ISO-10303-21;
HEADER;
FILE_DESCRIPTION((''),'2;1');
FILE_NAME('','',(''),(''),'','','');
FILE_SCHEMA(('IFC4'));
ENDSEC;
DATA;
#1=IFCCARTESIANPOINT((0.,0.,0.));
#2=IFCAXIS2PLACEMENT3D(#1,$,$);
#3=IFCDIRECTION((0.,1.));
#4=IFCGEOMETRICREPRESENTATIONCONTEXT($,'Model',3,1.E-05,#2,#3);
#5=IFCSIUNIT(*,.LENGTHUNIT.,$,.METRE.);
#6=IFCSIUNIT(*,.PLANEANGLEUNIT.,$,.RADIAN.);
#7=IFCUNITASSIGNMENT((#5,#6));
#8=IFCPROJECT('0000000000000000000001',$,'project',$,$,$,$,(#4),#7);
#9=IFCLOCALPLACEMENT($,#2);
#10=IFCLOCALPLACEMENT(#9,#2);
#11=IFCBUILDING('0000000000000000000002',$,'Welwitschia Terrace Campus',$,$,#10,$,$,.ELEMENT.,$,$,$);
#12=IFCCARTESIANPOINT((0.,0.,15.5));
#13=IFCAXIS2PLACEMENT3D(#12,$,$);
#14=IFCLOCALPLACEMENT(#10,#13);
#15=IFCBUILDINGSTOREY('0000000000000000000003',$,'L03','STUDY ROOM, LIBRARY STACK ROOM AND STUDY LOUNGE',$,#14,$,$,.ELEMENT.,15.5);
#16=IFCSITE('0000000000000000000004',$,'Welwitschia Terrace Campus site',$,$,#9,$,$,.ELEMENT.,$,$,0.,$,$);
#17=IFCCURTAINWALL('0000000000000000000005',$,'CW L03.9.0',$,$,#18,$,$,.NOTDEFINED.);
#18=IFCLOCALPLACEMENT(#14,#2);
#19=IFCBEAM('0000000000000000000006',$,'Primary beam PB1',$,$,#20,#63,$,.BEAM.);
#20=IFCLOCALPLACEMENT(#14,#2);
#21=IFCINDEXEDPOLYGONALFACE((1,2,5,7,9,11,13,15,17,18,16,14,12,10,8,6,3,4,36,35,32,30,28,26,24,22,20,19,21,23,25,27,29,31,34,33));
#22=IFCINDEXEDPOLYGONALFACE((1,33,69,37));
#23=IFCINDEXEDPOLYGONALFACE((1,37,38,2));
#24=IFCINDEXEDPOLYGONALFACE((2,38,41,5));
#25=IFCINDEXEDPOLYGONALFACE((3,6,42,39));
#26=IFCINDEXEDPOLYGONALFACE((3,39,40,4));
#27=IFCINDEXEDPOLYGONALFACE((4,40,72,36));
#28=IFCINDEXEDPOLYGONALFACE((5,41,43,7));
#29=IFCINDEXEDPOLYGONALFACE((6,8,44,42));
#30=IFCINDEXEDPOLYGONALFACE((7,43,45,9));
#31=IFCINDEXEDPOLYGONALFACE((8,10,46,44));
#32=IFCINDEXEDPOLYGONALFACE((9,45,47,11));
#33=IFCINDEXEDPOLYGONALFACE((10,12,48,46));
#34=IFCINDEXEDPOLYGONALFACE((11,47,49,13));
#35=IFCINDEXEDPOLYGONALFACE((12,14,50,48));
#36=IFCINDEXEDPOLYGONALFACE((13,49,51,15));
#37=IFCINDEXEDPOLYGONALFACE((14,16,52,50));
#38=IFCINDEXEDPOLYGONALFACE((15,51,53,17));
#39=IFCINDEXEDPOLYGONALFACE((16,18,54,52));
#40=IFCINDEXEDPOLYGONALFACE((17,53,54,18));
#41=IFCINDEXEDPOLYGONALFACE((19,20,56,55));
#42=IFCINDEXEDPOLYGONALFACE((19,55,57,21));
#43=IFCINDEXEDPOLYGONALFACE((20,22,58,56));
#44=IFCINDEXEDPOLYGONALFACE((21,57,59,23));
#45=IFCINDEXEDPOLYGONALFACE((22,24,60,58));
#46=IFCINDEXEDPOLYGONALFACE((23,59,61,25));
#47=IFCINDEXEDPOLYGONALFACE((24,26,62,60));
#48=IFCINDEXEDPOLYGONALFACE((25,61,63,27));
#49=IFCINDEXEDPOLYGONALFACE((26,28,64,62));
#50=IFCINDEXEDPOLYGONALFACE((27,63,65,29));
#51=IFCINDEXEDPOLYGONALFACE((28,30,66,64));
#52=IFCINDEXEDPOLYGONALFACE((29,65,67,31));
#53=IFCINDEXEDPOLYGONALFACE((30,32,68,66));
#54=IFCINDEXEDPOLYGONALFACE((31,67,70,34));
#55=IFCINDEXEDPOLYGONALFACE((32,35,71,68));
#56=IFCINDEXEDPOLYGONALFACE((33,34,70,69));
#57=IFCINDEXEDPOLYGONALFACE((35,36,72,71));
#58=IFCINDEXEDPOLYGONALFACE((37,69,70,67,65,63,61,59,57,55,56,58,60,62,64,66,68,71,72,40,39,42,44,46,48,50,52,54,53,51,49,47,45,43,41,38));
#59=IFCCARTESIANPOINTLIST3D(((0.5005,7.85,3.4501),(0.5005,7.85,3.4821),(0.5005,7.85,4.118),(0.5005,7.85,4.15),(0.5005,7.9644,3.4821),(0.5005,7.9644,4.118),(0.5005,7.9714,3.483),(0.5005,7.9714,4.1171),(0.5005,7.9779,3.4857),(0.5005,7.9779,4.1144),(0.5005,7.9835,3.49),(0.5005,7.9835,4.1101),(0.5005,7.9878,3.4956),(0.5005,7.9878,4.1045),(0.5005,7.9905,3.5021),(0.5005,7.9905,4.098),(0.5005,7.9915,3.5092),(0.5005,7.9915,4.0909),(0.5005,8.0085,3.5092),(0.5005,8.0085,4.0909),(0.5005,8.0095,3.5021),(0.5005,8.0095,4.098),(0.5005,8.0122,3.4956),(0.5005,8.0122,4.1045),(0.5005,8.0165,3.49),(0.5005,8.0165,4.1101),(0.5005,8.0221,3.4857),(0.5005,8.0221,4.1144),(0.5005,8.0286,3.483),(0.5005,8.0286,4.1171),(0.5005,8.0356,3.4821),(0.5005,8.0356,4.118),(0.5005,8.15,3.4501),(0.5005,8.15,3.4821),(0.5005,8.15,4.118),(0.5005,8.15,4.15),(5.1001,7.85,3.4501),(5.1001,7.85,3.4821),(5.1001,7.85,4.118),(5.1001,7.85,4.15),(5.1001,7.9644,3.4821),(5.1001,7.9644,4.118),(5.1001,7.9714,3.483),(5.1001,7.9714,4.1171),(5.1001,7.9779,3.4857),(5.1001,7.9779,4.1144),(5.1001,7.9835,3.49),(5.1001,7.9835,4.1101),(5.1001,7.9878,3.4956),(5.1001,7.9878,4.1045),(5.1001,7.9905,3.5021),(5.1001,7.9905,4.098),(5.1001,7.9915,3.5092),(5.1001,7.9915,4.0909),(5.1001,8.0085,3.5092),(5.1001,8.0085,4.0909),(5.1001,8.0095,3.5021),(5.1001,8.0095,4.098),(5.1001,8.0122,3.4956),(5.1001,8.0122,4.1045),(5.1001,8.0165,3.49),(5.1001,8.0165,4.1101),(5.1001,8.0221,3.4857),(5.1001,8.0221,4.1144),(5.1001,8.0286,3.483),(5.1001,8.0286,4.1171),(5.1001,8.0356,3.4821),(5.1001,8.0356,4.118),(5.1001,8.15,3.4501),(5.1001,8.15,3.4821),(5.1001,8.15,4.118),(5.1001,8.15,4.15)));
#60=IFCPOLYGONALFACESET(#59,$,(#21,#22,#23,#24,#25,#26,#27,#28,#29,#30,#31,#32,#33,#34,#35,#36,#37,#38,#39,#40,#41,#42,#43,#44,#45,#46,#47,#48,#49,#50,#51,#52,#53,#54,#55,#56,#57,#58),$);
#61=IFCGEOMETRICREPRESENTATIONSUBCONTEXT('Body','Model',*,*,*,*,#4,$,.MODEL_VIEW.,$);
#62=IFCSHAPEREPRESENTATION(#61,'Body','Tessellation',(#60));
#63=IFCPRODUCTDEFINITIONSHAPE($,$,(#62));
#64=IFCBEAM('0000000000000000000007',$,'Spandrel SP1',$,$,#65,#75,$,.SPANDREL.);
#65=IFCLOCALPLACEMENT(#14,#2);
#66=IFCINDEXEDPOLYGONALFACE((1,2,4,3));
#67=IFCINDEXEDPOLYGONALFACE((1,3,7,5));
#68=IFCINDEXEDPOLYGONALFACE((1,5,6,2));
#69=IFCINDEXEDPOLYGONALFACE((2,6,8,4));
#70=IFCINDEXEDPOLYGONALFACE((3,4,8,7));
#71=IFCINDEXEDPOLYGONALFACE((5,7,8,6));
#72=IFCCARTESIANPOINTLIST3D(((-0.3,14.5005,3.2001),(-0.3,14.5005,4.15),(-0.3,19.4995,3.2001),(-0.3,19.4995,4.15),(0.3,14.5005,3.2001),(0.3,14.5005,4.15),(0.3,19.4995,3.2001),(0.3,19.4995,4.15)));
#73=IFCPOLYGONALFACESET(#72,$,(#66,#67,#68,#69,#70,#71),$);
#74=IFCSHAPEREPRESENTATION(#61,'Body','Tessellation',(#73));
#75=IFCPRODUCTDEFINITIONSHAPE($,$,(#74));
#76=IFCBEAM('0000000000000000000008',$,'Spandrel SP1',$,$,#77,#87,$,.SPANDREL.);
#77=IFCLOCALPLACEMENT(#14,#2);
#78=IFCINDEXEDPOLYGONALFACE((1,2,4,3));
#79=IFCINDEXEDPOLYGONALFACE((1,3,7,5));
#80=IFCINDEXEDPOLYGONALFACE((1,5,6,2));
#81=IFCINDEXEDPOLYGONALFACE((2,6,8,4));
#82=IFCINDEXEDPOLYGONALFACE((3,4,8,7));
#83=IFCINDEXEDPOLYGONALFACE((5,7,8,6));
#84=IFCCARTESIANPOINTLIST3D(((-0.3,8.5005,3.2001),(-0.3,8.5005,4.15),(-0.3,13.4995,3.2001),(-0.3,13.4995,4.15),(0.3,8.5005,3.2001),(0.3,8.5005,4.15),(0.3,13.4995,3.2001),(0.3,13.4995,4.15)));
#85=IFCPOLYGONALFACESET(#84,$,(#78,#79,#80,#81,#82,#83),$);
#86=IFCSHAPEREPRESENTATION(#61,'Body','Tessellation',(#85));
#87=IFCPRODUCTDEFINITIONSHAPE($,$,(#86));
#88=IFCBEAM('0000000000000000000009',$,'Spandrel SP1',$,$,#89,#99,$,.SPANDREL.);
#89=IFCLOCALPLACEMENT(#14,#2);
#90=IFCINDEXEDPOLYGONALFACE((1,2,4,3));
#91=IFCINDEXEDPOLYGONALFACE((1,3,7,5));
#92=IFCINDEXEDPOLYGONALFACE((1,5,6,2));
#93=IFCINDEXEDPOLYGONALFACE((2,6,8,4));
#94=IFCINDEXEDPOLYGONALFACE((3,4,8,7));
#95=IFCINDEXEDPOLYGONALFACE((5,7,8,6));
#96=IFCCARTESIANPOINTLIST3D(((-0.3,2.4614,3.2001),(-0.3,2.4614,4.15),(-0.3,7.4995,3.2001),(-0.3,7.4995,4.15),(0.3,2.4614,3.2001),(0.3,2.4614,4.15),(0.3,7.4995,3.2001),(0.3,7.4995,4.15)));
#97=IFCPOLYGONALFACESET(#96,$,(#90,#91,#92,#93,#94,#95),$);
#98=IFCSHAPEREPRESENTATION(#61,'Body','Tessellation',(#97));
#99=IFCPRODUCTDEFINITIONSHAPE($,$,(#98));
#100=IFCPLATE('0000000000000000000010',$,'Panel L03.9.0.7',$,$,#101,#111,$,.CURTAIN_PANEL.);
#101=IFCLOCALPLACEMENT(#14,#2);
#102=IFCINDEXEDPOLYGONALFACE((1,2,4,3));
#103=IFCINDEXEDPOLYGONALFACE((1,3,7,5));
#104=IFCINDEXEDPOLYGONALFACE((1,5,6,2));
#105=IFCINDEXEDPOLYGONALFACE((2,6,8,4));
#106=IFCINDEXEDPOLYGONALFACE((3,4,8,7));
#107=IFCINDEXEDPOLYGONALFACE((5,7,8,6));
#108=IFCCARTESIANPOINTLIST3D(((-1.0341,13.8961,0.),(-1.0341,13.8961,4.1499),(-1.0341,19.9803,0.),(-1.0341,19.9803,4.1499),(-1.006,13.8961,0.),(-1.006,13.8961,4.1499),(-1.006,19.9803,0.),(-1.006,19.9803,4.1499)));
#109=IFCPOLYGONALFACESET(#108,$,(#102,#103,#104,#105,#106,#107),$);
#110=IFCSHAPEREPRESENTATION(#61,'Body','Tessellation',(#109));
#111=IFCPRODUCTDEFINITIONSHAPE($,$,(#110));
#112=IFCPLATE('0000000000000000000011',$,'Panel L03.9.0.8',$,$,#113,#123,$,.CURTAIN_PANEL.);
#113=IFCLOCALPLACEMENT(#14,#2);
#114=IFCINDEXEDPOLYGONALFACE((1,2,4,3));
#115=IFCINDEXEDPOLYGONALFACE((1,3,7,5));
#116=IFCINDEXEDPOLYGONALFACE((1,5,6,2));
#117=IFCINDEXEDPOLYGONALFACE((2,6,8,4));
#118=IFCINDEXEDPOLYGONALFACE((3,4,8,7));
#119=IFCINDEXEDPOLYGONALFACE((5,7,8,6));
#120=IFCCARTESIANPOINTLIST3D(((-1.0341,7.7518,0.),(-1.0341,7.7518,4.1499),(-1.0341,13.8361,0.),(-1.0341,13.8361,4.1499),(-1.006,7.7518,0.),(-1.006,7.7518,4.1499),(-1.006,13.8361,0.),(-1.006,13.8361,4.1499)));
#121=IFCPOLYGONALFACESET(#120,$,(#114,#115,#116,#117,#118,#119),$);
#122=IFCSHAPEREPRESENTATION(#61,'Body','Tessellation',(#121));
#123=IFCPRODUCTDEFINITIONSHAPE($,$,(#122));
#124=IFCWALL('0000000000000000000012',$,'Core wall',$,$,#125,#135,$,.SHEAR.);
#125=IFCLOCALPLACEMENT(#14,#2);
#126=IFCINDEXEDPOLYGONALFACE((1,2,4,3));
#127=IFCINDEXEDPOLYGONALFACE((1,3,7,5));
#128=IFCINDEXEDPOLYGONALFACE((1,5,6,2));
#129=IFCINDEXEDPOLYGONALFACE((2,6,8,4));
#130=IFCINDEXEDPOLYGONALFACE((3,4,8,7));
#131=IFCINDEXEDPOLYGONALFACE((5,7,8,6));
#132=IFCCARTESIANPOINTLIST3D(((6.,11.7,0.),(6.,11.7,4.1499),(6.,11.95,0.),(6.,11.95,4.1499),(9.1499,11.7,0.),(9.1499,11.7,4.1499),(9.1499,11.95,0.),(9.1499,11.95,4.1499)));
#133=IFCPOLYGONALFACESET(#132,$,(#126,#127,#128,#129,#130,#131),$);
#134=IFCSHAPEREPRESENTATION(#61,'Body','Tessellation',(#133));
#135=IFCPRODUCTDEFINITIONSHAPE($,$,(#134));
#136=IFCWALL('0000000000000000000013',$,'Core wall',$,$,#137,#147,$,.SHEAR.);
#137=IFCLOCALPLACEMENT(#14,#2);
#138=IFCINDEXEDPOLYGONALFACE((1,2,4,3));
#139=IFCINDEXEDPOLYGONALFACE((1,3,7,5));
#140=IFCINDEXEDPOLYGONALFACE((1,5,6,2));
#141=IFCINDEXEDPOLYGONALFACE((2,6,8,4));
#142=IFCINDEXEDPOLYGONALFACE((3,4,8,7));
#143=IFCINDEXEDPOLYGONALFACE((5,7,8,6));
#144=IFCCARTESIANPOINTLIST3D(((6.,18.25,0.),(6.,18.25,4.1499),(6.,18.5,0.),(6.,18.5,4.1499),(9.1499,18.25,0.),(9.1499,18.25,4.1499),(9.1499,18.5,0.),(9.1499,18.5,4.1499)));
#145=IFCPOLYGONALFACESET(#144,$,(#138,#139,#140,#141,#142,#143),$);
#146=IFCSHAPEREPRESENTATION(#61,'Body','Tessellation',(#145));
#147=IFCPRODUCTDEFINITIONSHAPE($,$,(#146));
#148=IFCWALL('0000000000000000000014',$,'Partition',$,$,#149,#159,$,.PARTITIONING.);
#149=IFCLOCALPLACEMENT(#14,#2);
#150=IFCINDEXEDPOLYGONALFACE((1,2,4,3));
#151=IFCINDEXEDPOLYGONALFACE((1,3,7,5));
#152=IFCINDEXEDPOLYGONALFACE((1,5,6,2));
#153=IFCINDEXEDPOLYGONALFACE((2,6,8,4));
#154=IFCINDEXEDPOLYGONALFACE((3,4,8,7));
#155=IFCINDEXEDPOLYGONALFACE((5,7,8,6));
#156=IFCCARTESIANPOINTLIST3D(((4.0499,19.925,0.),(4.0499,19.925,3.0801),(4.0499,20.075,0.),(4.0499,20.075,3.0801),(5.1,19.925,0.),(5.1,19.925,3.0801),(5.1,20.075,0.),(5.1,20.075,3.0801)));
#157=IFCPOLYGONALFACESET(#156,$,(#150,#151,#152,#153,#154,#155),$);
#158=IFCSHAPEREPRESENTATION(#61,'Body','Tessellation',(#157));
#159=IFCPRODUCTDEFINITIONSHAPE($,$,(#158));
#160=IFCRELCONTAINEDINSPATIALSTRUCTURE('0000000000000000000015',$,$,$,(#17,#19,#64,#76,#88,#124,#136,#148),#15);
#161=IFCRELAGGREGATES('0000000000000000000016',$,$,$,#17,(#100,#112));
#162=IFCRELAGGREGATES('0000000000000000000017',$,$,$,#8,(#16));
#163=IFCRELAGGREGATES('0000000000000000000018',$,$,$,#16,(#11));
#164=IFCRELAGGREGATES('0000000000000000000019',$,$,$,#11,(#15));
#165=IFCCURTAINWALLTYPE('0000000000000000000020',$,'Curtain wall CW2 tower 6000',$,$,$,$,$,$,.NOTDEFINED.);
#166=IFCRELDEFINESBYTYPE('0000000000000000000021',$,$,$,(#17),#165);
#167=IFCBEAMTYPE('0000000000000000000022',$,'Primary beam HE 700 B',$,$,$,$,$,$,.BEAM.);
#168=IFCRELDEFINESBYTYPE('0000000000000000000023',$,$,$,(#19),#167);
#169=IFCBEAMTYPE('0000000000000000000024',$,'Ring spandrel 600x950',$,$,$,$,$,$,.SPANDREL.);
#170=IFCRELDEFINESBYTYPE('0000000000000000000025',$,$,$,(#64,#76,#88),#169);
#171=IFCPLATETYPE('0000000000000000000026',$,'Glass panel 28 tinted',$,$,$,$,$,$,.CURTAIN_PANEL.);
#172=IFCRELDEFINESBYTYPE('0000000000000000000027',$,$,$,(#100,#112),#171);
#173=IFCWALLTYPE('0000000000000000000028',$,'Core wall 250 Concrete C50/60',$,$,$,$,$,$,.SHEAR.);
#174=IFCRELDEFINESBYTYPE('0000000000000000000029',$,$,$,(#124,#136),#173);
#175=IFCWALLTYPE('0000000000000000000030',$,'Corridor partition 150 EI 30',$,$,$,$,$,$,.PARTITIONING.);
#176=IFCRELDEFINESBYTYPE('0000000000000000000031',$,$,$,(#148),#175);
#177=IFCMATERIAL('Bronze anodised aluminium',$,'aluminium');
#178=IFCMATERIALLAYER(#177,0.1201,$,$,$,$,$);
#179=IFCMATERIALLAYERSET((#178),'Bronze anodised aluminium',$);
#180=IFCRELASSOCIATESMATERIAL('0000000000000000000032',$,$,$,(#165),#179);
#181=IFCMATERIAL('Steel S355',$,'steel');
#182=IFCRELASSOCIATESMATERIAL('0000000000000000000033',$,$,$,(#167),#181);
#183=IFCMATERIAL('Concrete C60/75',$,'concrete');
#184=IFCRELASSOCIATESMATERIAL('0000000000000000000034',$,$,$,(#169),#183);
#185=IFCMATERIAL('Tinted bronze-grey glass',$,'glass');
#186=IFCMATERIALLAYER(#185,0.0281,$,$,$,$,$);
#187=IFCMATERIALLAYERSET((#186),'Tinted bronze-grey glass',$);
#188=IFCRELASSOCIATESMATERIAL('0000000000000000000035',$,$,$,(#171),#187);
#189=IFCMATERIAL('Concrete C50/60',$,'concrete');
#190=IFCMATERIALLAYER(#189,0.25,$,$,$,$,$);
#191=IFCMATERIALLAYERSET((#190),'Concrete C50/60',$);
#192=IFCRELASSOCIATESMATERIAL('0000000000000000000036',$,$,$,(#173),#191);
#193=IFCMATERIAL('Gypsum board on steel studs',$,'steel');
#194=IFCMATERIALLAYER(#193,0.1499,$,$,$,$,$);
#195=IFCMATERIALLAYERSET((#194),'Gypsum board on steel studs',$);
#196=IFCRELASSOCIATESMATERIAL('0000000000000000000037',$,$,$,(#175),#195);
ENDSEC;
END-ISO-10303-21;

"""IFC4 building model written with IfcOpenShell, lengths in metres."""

from ifc_helpers import new_model, si_unit, direction, frame, frame_2d, origin, origin_2d, place, context, subcontext, project, spatial, rectangle, i_section, extrude, material, layer, layer_set, material_profile, profile_set, type_object, element, aggregate, save


model = new_model("IFC4")

# Units and contexts
model_context = context("Model", 3, precision=1e-05, world=origin(), true_north=direction((0.0, 1.0)))
body_context = subcontext(model_context, "Body", "Model", "MODEL_VIEW")
ifc_project = project(units=[si_unit("LENGTHUNIT", "METRE"), si_unit("PLANEANGLEUNIT", "RADIAN")], contexts=[model_context])

# Site, building, storey
site_placement = place(None, origin())
site = spatial("IfcSite", under=ifc_project, at=site_placement, Name="Welwitschia Terrace Campus site", CompositionType="ELEMENT", RefElevation=0.0)
building_placement = place(site_placement, origin())
building = spatial("IfcBuilding", under=site, at=building_placement, Name="Welwitschia Terrace Campus", CompositionType="ELEMENT")
storey_placement = place(building_placement, frame((0.0, 0.0, 15.5)))
storey = spatial("IfcBuildingStorey", under=building, at=storey_placement, Name="L03", Description="STUDY ROOM, LIBRARY STACK ROOM AND STUDY LOUNGE", CompositionType="ELEMENT", Elevation=15.5)

# Curtain wall
ifc_material_1 = material(Name="Bronze anodised aluminium", Category="aluminium")
ifc_layer_1 = layer(ifc_material_1, 0.1201)
ifc_layer_set_1 = layer_set([ifc_layer_1], Name="Bronze anodised aluminium")
curtain_wall_type = type_object("IfcCurtainWallType", Name="Curtain wall CW2 tower 6000", PredefinedType="NOTDEFINED", material=ifc_layer_set_1)
curtain_wall_placement = place(storey_placement, origin())
curtain_wall = element("IfcCurtainWall", 1, at=curtain_wall_placement, inside=storey, type_object=curtain_wall_type, Name="CW L03.9.0", PredefinedType="NOTDEFINED")

# Beams
ifc_material_2 = material(Name="Steel S355", Category="steel")
ifc_material_profile_1 = material_profile(ifc_material_2, i_section(OverallWidth=0.3, OverallDepth=0.7, WebThickness=0.0171, FlangeThickness=0.032, FilletRadius=0.0271, at=origin_2d()))
ifc_profile_set_1 = profile_set([ifc_material_profile_1], Name="Steel S355")
beam_type_1 = type_object("IfcBeamType", Name="Primary beam HE 700 B", PredefinedType="BEAM", material=ifc_profile_set_1)
for number, where, z_axis, x_axis, name in (
    (2, (0.5005, 8.0, 3.8), (1.0, 0.0, 0.0), (0.0, 1.0, 0.0), "Primary beam PB1"),
):
    element("IfcBeam", number, at=place(storey_placement, frame(where, z_axis=z_axis, x_axis=x_axis)), inside=storey, type_object=beam_type_1, Name=name, PredefinedType="BEAM", context=body_context, shape_type="SweptSolid", body=[
        extrude(i_section(OverallWidth=0.3, OverallDepth=0.7, WebThickness=0.0171, FlangeThickness=0.032, FilletRadius=0.0271, at=origin_2d()), origin(), (0.0, 0.0, 1.0), 4.5996),
    ])
ifc_material_3 = material(Name="Concrete C60/75", Category="concrete")
ifc_material_profile_2 = material_profile(ifc_material_3, rectangle(XDim=0.6001, YDim=0.95, at=origin_2d()))
ifc_profile_set_2 = profile_set([ifc_material_profile_2], Name="Concrete C60/75")
beam_type_2 = type_object("IfcBeamType", Name="Ring spandrel 600x950", PredefinedType="SPANDREL", material=ifc_profile_set_2)
for number, where, z_axis, x_axis, name in (
    (3, (0.0, 19.4995, 3.675), (0.0, -1.0, 0.0), (1.0, 0.0, 0.0), "Spandrel SP1"),
    (4, (0.0, 13.4995, 3.675), (0.0, -1.0, 0.0), (1.0, 0.0, 0.0), "Spandrel SP1"),
):
    element("IfcBeam", number, at=place(storey_placement, frame(where, z_axis=z_axis, x_axis=x_axis)), inside=storey, type_object=beam_type_2, Name=name, PredefinedType="SPANDREL", context=body_context, shape_type="SweptSolid", body=[
        extrude(rectangle(XDim=0.6001, YDim=0.95, at=origin_2d()), origin(), (0.0, 0.0, 1.0), 4.999),
    ])
beam_1_placement = place(storey_placement, frame((0.0, 7.4995, 3.675), z_axis=(0.0, -1.0, 0.0), x_axis=(1.0, 0.0, 0.0)))
element("IfcBeam", 5, at=beam_1_placement, inside=storey, type_object=beam_type_2, Name="Spandrel SP1", PredefinedType="SPANDREL", context=body_context, shape_type="SweptSolid", body=[
    extrude(rectangle(XDim=0.6001, YDim=0.95, at=origin_2d()), origin(), (0.0, 0.0, 1.0), 5.0381),
])

# Plates
ifc_material_4 = material(Name="Tinted bronze-grey glass", Category="glass")
ifc_layer_2 = layer(ifc_material_4, 0.0281)
ifc_layer_set_2 = layer_set([ifc_layer_2], Name="Tinted bronze-grey glass")
plate_type = type_object("IfcPlateType", Name="Glass panel 28 tinted", PredefinedType="CURTAIN_PANEL", material=ifc_layer_set_2)
plate_1_placement = place(storey_placement, frame((-1.02, 16.9382, 0.0), z_axis=(0.0, 0.0, 1.0), x_axis=(0.0, -1.0, 0.0)))
plate_1 = element("IfcPlate", 6, at=plate_1_placement, type_object=plate_type, Name="Panel L03.9.0.7", PredefinedType="CURTAIN_PANEL", context=body_context, shape_type="SweptSolid", body=[
    extrude(rectangle(XDim=6.0842, YDim=0.0281, at=origin_2d()), origin(), (0.0, 0.0, 1.0), 4.1499),
])
plate_2_placement = place(storey_placement, frame((-1.02, 10.7939, 0.0), z_axis=(0.0, 0.0, 1.0), x_axis=(0.0, -1.0, 0.0)))
plate_2 = element("IfcPlate", 7, at=plate_2_placement, type_object=plate_type, Name="Panel L03.9.0.8", PredefinedType="CURTAIN_PANEL", context=body_context, shape_type="SweptSolid", body=[
    extrude(rectangle(XDim=6.0842, YDim=0.0281, at=origin_2d()), origin(), (0.0, 0.0, 1.0), 4.1499),
])
aggregate(curtain_wall, [plate_1, plate_2])

# Walls
ifc_material_5 = material(Name="Concrete C50/60", Category="concrete")
ifc_layer_3 = layer(ifc_material_5, 0.25)
ifc_layer_set_3 = layer_set([ifc_layer_3], Name="Concrete C50/60")
wall_type_1 = type_object("IfcWallType", Name="Core wall 250 Concrete C50/60", PredefinedType="SHEAR", material=ifc_layer_set_3)
for number, where, z_axis, x_axis, name in (
    (8, (6.0, 11.825, 0.0), (0.0, 0.0, 1.0), (1.0, 0.0, 0.0), "Core wall"),
    (9, (6.0, 18.375, 0.0), (0.0, 0.0, 1.0), (1.0, 0.0, 0.0), "Core wall"),
):
    element("IfcWall", number, at=place(storey_placement, frame(where, z_axis=z_axis, x_axis=x_axis)), inside=storey, type_object=wall_type_1, Name=name, PredefinedType="SHEAR", context=body_context, shape_type="SweptSolid", body=[
        extrude(rectangle(XDim=3.1499, YDim=0.25, at=frame_2d((1.575, 0.0))), origin(), (0.0, 0.0, 1.0), 4.1499),
    ])
ifc_material_6 = material(Name="Gypsum board on steel studs", Category="steel")
ifc_layer_4 = layer(ifc_material_6, 0.1499)
ifc_layer_set_4 = layer_set([ifc_layer_4], Name="Gypsum board on steel studs")
wall_type_2 = type_object("IfcWallType", Name="Corridor partition 150 EI 30", PredefinedType="PARTITIONING", material=ifc_layer_set_4)
wall_placement = place(storey_placement, frame((4.05, 20.0, 0.0), z_axis=(0.0, 0.0, 1.0), x_axis=(1.0, 0.0, 0.0)))
element("IfcWall", 10, at=wall_placement, inside=storey, type_object=wall_type_2, Name="Partition", PredefinedType="PARTITIONING", context=body_context, shape_type="SweptSolid", body=[
    extrude(rectangle(XDim=1.05, YDim=0.1499, at=frame_2d((0.5249, 0.0))), origin(), (0.0, 0.0, 1.0), 3.0801),
])

save(model, "model.ifc")
